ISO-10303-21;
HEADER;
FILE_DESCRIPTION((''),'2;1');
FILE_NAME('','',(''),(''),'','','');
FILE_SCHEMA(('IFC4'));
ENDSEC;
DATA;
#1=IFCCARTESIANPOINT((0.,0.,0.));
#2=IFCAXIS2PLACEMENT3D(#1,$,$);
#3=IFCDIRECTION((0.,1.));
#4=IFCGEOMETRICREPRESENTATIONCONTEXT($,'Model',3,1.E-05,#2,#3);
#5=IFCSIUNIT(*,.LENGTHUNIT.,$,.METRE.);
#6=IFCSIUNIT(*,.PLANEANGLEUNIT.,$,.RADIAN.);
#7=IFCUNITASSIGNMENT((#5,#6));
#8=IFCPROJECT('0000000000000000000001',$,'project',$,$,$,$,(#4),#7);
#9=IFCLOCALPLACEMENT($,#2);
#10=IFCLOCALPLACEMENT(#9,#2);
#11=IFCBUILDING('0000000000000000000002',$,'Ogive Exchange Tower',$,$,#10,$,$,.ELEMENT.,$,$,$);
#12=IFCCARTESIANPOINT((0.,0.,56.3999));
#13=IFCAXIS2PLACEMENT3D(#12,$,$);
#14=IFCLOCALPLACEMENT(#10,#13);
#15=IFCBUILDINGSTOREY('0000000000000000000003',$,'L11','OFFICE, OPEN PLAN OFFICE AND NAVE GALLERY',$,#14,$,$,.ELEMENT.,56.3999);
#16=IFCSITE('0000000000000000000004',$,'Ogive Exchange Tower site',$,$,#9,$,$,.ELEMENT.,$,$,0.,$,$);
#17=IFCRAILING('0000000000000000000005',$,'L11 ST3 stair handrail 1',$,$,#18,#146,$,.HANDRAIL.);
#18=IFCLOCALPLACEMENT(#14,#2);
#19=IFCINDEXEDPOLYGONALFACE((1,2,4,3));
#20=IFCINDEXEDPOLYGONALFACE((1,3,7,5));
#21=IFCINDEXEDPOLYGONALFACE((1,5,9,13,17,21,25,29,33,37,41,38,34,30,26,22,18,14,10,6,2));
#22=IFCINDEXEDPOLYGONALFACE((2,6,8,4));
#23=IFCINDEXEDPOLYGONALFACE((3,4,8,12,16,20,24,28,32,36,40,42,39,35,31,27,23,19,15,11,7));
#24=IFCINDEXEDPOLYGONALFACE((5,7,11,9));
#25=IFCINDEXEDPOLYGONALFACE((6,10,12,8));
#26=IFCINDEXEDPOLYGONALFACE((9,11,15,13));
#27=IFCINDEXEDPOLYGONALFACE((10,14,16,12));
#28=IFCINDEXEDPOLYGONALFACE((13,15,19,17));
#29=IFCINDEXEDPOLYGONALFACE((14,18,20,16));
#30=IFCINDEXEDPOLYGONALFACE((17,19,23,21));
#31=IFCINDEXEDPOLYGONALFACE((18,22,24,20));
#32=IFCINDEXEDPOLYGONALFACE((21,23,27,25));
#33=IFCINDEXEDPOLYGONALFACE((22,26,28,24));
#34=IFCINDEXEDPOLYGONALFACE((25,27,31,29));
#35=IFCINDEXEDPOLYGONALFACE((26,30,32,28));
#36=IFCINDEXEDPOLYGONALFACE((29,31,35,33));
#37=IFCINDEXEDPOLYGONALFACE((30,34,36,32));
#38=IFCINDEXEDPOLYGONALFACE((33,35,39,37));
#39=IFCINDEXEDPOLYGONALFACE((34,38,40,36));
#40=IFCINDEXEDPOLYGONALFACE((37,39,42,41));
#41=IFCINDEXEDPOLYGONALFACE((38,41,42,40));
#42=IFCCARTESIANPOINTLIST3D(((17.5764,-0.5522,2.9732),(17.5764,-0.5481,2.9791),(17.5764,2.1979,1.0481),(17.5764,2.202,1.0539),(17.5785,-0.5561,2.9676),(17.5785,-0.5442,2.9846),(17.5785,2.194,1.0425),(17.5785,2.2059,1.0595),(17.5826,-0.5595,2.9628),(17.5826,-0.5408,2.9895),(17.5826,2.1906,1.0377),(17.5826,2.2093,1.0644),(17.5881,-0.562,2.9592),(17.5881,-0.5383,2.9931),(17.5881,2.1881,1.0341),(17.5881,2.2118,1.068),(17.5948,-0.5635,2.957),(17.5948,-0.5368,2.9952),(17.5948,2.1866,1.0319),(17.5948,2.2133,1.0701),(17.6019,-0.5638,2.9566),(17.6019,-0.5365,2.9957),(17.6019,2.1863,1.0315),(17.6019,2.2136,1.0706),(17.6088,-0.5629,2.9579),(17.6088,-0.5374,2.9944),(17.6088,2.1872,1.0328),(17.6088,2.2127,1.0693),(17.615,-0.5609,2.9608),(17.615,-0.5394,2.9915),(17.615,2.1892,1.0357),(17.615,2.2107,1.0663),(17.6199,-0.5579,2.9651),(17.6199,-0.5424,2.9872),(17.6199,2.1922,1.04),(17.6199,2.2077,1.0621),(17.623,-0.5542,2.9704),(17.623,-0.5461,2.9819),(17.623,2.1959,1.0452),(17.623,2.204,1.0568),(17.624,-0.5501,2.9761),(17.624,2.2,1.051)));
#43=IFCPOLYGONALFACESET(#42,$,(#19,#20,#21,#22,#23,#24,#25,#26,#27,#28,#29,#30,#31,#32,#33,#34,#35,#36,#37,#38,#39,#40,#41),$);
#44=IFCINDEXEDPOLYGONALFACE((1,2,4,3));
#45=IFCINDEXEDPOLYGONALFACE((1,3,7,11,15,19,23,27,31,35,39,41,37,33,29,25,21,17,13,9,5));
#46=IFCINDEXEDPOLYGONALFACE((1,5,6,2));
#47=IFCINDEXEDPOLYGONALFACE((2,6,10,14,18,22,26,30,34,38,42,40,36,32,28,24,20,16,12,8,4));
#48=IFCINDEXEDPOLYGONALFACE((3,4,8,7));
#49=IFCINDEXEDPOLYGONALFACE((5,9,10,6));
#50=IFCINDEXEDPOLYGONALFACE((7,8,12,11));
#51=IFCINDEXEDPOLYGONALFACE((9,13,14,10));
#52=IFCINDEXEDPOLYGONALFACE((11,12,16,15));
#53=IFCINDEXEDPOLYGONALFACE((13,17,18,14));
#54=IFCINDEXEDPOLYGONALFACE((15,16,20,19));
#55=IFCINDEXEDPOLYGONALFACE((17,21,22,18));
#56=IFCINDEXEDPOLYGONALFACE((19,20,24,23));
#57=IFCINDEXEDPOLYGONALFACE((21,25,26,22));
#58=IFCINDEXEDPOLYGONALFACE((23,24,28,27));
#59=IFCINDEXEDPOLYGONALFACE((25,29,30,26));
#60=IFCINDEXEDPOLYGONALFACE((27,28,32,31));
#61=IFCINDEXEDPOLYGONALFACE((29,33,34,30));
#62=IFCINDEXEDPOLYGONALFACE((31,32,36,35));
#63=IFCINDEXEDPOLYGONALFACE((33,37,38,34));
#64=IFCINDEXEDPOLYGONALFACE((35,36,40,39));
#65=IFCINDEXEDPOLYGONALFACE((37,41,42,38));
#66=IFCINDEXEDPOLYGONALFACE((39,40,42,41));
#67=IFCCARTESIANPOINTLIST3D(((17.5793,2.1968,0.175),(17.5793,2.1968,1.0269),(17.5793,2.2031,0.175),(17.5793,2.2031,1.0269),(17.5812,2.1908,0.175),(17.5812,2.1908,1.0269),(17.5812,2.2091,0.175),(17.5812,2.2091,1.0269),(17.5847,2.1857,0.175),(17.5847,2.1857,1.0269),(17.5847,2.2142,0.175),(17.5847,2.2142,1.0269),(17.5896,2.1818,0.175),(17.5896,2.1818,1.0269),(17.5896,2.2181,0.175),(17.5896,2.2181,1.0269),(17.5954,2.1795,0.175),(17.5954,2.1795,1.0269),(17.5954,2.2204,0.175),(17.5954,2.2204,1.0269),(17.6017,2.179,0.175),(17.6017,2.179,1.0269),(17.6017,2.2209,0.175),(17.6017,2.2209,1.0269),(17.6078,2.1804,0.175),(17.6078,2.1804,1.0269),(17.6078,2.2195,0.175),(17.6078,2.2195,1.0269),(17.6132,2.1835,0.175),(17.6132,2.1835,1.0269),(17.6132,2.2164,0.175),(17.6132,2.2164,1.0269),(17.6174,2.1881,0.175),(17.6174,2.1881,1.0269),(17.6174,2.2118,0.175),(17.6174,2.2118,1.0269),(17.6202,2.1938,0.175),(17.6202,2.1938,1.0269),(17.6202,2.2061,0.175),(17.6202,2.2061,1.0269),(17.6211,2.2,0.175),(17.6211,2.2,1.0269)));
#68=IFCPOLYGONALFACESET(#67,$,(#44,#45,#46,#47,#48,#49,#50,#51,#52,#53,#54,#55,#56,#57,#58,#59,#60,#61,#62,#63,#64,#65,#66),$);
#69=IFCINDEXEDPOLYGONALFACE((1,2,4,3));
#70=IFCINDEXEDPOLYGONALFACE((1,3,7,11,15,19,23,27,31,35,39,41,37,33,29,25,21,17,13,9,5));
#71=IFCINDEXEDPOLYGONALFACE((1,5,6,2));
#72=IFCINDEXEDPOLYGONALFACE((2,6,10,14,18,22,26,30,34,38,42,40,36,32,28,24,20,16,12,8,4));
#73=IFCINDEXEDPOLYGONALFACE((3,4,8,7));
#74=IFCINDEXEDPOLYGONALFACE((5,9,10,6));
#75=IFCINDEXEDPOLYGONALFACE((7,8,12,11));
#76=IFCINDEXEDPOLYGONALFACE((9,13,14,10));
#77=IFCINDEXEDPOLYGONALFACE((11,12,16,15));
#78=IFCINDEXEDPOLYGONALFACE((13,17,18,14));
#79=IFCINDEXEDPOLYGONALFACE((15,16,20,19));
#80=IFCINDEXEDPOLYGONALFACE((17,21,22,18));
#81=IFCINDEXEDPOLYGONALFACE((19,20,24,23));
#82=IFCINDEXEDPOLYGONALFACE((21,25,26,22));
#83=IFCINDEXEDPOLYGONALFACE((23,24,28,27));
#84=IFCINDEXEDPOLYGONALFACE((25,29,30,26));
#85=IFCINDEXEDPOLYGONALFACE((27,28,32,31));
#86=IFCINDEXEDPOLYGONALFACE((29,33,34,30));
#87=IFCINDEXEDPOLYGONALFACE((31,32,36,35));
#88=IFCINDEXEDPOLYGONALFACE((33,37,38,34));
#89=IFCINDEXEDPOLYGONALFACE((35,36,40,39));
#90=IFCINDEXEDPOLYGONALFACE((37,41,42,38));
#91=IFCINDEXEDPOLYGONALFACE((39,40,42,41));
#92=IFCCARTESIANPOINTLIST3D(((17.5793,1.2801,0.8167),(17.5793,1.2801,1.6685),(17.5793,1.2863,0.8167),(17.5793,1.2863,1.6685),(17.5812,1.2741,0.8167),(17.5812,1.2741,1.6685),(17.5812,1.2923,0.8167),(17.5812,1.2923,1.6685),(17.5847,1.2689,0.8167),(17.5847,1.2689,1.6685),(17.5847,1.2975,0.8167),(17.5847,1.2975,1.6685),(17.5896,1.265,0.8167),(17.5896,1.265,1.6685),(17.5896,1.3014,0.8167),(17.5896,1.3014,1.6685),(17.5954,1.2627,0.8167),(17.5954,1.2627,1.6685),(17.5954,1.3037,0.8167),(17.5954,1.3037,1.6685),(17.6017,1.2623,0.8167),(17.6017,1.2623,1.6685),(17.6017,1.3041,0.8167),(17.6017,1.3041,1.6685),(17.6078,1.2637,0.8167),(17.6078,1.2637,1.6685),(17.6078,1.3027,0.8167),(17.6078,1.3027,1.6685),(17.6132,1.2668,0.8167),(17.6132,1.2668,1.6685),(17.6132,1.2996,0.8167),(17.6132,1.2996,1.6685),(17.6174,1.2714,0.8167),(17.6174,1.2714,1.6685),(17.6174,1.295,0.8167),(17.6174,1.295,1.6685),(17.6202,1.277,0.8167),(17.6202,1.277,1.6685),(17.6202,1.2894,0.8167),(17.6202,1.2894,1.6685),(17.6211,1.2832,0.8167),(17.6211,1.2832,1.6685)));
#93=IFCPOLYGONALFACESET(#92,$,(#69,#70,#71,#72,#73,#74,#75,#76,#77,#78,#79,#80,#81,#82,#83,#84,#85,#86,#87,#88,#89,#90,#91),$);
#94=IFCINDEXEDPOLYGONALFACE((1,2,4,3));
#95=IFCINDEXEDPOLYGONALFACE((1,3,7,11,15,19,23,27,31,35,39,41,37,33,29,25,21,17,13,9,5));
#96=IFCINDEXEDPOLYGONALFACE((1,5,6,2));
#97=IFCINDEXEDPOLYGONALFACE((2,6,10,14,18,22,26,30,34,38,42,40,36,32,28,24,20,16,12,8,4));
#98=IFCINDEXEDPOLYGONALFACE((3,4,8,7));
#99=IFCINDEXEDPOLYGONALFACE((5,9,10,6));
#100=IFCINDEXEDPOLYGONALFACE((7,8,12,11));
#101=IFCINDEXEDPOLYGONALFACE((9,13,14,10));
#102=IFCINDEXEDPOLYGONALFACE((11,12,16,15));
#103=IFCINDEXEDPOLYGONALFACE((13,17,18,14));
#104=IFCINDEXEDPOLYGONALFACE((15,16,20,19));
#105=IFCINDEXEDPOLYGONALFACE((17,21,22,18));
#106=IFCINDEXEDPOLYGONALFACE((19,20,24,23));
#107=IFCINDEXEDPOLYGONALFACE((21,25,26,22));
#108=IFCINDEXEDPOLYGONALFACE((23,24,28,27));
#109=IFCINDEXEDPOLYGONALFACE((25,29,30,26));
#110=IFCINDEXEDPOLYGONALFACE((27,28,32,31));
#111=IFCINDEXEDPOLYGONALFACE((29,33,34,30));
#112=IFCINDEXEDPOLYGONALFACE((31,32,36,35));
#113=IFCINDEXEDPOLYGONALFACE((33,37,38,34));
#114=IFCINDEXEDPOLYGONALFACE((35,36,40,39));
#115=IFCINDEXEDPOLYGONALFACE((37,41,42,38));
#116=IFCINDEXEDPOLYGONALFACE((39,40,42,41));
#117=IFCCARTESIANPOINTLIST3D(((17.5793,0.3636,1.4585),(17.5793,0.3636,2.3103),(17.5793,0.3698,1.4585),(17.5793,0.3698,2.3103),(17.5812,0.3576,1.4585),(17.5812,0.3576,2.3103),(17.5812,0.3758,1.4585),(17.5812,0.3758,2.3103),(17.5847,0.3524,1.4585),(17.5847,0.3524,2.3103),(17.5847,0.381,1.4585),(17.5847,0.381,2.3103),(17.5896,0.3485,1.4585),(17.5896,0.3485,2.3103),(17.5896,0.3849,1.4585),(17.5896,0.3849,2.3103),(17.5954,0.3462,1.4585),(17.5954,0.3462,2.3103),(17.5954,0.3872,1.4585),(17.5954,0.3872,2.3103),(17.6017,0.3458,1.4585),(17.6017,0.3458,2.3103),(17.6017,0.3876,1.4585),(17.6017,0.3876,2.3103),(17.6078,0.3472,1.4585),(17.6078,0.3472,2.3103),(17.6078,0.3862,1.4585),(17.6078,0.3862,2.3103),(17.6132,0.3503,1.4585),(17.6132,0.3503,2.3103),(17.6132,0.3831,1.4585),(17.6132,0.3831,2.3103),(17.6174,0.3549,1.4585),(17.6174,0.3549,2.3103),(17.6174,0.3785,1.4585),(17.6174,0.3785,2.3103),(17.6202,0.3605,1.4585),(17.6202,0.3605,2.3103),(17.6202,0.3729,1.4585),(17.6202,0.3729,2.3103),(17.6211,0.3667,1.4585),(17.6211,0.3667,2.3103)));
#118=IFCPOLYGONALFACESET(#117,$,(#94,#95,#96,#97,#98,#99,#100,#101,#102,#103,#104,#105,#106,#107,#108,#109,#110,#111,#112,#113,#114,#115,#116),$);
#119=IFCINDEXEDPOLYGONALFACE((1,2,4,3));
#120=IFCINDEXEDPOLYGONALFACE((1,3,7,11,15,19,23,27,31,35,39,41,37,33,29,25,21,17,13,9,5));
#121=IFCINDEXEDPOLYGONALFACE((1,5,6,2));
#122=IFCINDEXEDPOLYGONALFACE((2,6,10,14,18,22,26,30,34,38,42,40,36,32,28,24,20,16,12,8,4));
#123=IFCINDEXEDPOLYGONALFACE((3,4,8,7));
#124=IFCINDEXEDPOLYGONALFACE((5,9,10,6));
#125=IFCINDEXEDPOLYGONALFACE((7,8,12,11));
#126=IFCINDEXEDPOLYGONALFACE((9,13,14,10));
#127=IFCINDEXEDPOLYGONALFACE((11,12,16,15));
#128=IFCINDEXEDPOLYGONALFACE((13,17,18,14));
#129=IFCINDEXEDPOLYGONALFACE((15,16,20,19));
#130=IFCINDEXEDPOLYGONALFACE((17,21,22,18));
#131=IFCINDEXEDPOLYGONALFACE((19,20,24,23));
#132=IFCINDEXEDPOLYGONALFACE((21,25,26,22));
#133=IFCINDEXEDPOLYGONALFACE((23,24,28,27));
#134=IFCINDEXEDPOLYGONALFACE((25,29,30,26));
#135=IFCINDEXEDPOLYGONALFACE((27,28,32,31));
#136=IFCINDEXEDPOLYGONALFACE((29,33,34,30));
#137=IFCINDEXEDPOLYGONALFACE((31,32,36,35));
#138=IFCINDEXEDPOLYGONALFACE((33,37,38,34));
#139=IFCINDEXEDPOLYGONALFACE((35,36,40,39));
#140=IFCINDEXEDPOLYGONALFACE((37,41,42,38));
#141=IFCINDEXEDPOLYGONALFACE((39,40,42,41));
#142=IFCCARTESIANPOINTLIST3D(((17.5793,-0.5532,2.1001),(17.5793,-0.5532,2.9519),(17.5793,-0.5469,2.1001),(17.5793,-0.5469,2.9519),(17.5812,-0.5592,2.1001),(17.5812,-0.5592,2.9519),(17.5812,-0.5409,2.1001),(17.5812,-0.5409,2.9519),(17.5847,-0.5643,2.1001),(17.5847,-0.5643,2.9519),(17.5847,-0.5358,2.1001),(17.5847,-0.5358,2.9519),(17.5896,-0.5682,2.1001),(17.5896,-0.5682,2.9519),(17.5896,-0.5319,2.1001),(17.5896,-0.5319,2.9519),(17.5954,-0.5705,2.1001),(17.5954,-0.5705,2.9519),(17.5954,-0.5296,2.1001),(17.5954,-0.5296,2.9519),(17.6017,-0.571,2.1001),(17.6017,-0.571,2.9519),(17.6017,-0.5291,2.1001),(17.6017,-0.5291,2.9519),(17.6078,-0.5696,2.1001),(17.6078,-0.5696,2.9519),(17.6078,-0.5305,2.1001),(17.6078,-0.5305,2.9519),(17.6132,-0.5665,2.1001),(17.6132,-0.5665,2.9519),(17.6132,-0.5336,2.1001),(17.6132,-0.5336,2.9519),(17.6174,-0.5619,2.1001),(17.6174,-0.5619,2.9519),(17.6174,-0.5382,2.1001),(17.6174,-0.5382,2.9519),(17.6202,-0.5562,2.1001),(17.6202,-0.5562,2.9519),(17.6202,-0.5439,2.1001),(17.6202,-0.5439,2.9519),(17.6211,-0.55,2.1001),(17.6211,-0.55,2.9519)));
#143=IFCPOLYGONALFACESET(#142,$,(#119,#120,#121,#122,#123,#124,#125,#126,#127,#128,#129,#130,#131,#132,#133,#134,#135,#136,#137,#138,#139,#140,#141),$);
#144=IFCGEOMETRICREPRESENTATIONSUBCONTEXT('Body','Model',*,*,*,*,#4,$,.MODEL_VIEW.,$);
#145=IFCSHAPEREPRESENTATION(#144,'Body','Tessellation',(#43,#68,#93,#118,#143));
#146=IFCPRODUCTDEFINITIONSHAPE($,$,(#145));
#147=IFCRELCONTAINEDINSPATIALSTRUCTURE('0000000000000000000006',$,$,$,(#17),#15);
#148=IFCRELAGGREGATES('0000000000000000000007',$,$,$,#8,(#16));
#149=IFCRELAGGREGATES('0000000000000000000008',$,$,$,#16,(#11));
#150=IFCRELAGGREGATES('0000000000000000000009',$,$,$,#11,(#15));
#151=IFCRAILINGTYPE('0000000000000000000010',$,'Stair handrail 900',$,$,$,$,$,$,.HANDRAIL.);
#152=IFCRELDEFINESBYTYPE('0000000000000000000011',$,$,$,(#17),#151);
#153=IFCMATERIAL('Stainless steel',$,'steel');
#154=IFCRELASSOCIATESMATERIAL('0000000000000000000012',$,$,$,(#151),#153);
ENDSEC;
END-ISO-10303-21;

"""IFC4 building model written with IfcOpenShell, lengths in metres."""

from ifc_helpers import new_model, si_unit, direction, frame, origin, origin_2d, place, context, subcontext, project, spatial, circle, extrude, material, type_object, element, save


model = new_model("IFC4")

# Units and contexts
model_context = context("Model", 3, precision=1e-05, world=origin(), true_north=direction((0.0, 1.0)))
body_context = subcontext(model_context, "Body", "Model", "MODEL_VIEW")
ifc_project = project(units=[si_unit("LENGTHUNIT", "METRE"), si_unit("PLANEANGLEUNIT", "RADIAN")], contexts=[model_context])

# Site, building, storey
site_placement = place(None, origin())
site = spatial("IfcSite", under=ifc_project, at=site_placement, Name="Ogive Exchange Tower site", CompositionType="ELEMENT", RefElevation=0.0)
building_placement = place(site_placement, origin())
building = spatial("IfcBuilding", under=site, at=building_placement, Name="Ogive Exchange Tower", CompositionType="ELEMENT")
storey_placement = place(building_placement, frame((0.0, 0.0, 56.3999)))
storey = spatial("IfcBuildingStorey", under=building, at=storey_placement, Name="L11", Description="OFFICE, OPEN PLAN OFFICE AND NAVE GALLERY", CompositionType="ELEMENT", Elevation=56.3999)

# Shared definitions
ifc_material_1 = material(Name="Stainless steel", Category="steel")

# Railing
railing_type = type_object("IfcRailingType", Name="Stair handrail 900", PredefinedType="HANDRAIL", material=ifc_material_1)
railing_placement = place(storey_placement, frame((17.6001, 2.2, 0.175)))
element("IfcRailing", 1, at=railing_placement, inside=storey, type_object=railing_type, Name="L11 ST3 stair handrail 1", PredefinedType="HANDRAIL", context=body_context, shape_type="SweptSolid", body=[
    extrude(circle(Radius=0.0239, at=origin_2d()), frame((0.0, 0.0, 0.876), z_axis=(0.0, -0.819225, 0.573472), x_axis=(1.0, 0.0, 0.0)), (0.0, 0.0, 1.0), 3.3569),
    extrude(circle(Radius=0.021, at=origin_2d()), origin(), (0.0, 0.0, 1.0), 0.8518),
    extrude(circle(Radius=0.021, at=origin_2d()), frame((0.0, -0.9167, 0.6416)), (0.0, 0.0, 1.0), 0.8518),
    extrude(circle(Radius=0.021, at=origin_2d()), frame((0.0, -1.8333, 1.2834)), (0.0, 0.0, 1.0), 0.8518),
    extrude(circle(Radius=0.021, at=origin_2d()), frame((0.0, -2.75, 1.925)), (0.0, 0.0, 1.0), 0.8518),
])

save(model, "model.ifc")
